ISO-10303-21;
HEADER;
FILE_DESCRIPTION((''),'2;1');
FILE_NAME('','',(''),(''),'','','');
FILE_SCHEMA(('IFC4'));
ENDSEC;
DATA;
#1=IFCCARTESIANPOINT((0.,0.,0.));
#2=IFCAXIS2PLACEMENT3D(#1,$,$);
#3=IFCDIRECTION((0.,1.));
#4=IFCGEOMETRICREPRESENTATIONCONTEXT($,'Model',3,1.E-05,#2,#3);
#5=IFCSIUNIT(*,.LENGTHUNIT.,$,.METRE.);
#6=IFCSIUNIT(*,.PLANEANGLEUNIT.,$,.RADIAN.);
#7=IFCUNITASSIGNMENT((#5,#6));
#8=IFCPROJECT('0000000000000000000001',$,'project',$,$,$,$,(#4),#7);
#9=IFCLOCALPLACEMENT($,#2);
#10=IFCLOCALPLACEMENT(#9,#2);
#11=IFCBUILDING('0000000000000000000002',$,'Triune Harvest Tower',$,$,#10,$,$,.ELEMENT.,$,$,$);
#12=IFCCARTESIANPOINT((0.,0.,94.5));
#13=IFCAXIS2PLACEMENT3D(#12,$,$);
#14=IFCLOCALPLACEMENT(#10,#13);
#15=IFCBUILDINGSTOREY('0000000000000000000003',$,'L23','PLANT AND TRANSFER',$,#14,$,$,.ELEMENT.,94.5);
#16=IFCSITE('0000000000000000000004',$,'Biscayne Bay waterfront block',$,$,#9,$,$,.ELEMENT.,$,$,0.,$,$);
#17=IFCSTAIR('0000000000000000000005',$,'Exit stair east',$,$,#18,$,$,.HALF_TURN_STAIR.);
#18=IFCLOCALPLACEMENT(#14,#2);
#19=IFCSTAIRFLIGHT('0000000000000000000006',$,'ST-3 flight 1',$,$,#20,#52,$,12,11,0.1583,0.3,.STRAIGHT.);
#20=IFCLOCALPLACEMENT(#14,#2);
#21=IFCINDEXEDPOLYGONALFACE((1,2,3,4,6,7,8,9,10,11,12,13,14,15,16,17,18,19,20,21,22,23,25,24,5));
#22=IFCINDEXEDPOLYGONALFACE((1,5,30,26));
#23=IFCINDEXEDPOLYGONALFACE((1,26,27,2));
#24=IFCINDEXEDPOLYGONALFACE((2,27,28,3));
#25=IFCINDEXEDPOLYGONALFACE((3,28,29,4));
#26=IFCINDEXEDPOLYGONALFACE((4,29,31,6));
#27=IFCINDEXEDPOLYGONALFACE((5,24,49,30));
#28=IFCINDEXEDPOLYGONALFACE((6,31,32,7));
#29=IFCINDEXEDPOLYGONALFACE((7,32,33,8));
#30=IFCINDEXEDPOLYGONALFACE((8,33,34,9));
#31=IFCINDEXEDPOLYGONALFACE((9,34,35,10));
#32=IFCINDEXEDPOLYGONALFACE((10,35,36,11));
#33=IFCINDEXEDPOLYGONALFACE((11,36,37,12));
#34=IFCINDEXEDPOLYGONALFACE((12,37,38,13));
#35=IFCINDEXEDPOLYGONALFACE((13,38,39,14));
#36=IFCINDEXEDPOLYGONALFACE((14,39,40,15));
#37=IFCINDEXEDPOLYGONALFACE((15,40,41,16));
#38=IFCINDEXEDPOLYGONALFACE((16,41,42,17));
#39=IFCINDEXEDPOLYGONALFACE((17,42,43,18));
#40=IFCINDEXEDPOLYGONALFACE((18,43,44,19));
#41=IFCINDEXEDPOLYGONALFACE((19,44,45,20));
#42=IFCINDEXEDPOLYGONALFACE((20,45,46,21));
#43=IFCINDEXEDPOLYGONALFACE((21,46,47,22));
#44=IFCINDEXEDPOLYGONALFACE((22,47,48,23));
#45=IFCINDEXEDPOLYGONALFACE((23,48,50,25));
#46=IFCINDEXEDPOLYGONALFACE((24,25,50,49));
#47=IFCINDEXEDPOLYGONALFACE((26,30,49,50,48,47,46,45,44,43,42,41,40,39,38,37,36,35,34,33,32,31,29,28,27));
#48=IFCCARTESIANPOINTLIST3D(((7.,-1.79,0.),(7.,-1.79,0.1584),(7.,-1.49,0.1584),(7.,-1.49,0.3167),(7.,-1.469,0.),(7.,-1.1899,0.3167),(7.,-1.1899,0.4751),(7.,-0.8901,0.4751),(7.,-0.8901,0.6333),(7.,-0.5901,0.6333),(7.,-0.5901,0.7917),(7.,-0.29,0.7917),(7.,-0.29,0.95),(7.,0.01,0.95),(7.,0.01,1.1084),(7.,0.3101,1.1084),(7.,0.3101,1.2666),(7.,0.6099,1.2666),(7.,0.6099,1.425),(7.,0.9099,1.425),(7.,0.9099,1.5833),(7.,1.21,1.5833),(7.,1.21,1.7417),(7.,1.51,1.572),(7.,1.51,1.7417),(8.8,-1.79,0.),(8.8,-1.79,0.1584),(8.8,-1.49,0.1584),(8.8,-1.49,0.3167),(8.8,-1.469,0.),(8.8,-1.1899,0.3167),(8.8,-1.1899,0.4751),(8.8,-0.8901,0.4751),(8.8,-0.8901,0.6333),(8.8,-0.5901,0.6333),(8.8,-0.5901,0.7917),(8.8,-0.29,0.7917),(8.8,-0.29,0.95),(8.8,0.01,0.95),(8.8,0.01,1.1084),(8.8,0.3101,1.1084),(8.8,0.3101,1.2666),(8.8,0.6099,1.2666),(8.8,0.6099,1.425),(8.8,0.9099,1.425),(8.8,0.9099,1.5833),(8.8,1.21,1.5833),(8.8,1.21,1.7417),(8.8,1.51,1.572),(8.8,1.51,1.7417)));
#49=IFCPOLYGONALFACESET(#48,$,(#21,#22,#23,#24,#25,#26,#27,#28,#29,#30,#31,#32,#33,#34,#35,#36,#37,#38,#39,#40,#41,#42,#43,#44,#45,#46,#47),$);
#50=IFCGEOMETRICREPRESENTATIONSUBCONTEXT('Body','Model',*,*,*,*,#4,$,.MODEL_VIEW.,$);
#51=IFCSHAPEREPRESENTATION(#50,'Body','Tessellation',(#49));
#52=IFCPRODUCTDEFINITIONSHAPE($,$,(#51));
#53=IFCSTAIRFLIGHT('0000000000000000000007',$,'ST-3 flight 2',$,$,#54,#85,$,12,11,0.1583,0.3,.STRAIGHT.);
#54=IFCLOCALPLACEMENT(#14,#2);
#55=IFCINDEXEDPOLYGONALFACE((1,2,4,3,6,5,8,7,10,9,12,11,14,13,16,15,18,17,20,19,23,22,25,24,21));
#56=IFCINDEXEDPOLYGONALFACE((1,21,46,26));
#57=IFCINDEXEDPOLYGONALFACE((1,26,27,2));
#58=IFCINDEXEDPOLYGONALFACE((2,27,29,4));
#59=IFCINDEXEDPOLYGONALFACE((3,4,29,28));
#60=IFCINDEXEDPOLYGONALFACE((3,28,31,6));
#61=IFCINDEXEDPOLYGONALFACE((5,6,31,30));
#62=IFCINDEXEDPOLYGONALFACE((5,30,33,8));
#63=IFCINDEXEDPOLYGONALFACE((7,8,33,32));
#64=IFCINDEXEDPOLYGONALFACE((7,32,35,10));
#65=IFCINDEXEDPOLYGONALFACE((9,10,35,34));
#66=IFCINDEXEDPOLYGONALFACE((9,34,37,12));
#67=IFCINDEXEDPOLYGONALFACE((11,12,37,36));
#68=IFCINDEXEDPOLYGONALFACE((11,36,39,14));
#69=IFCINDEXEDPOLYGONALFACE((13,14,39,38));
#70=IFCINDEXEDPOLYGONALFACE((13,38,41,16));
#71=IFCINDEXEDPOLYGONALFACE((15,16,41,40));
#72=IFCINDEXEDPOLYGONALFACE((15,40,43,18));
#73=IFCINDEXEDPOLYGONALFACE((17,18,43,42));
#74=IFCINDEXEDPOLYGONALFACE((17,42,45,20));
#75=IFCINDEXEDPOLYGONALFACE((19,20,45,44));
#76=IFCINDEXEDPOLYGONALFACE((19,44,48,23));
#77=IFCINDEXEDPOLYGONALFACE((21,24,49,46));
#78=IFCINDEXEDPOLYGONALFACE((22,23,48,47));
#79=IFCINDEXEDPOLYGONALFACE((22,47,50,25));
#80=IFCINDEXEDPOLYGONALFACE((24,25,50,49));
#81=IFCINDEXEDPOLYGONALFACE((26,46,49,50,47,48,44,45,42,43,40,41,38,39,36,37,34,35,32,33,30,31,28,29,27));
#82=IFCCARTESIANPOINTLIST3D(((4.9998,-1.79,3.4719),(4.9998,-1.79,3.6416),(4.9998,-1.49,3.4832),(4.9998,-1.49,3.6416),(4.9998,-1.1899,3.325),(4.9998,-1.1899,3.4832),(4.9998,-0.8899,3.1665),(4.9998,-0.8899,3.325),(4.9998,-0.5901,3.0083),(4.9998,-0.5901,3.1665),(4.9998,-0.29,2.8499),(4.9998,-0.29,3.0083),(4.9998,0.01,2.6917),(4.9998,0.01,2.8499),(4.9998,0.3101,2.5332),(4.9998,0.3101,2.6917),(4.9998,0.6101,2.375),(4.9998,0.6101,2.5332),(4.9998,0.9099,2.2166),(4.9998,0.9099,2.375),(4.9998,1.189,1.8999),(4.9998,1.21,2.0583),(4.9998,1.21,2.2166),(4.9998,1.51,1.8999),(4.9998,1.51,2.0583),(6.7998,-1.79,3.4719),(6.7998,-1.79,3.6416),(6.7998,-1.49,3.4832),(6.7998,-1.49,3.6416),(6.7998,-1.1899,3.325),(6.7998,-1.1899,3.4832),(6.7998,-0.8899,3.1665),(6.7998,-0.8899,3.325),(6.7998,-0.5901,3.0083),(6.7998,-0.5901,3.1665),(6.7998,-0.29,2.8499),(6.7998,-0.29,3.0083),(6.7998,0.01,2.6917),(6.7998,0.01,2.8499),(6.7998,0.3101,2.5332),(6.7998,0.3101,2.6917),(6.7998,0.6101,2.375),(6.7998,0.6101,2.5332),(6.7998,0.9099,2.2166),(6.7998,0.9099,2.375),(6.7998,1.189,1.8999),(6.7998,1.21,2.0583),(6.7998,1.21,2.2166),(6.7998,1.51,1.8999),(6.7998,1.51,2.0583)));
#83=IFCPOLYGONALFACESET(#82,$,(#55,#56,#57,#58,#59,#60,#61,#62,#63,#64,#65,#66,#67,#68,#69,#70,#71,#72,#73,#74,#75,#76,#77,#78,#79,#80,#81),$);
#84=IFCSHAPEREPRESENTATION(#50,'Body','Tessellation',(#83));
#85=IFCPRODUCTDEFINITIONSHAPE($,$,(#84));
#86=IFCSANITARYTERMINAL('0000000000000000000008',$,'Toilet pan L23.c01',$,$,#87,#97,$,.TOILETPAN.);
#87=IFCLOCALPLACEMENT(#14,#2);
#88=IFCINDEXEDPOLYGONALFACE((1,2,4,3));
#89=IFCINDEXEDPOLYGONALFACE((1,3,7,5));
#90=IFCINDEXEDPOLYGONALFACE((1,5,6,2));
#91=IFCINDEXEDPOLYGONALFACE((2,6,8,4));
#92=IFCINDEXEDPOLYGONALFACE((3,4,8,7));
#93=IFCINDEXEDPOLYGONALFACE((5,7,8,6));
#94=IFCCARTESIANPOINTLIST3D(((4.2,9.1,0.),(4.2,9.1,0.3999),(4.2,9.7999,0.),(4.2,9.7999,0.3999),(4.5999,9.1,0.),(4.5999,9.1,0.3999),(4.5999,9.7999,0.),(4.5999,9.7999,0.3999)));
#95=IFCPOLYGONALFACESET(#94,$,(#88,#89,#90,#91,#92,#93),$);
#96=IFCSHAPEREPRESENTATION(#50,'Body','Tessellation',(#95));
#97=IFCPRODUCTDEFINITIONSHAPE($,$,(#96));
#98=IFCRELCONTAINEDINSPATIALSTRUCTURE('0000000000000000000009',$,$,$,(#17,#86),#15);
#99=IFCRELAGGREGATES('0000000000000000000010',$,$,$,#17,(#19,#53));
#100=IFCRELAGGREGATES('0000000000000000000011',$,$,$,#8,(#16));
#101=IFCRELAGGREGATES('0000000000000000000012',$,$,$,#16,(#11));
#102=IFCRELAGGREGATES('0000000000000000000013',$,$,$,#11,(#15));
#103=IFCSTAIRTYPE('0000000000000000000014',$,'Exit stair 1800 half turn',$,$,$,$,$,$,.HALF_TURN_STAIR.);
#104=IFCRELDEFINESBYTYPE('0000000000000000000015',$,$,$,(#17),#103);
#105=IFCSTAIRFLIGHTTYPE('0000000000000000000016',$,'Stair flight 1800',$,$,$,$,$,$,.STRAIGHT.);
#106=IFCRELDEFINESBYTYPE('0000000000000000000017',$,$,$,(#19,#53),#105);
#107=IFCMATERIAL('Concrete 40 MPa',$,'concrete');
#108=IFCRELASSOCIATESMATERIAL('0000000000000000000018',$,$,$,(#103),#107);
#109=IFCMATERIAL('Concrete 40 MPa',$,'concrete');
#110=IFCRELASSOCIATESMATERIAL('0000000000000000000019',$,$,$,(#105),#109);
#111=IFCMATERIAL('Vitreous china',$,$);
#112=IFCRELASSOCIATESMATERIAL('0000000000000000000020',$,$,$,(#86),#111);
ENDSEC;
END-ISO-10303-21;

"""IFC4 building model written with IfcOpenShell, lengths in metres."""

from ifc_helpers import new_model, si_unit, direction, frame, origin, origin_2d, place, context, subcontext, project, spatial, polyline, rectangle, outline, extrude, source, transform, mapped, material, type_object, element, aggregate, save


model = new_model("IFC4")

# Units and contexts
model_context = context("Model", 3, precision=1e-05, world=origin(), true_north=direction((0.0, 1.0)))
body_context = subcontext(model_context, "Body", "Model", "MODEL_VIEW")
ifc_project = project(units=[si_unit("LENGTHUNIT", "METRE"), si_unit("PLANEANGLEUNIT", "RADIAN")], contexts=[model_context])

# Site, building, storey
site_placement = place(None, origin())
site = spatial("IfcSite", under=ifc_project, at=site_placement, Name="Biscayne Bay waterfront block", CompositionType="ELEMENT", RefElevation=0.0)
building_placement = place(site_placement, origin())
building = spatial("IfcBuilding", under=site, at=building_placement, Name="Triune Harvest Tower", CompositionType="ELEMENT")
storey_placement = place(building_placement, frame((0.0, 0.0, 94.5)))
storey = spatial("IfcBuildingStorey", under=building, at=storey_placement, Name="L23", Description="PLANT AND TRANSFER", CompositionType="ELEMENT", Elevation=94.5)

# Shared definitions
ifc_material_1 = material(Name="Concrete 40 MPa", Category="concrete")
stair_type = type_object("IfcStairType", Name="Exit stair 1800 half turn", PredefinedType="HALF_TURN_STAIR", material=ifc_material_1)
ifc_material_2 = material(Name="Concrete 40 MPa", Category="concrete")
stair_flight_type = type_object("IfcStairFlightType", Name="Stair flight 1800", PredefinedType="STRAIGHT", material=ifc_material_2)
shared_shape_1 = source(origin(), body_context, "Body", "SweptSolid", [
    extrude(outline(polyline([(0.0, 0.0), (0.0, 0.1584), (0.3, 0.1584), (0.3, 0.3167), (0.6001, 0.3167), (0.6001, 0.4751), (0.8999, 0.4751), (0.8999, 0.6333), (1.2, 0.6333), (1.2, 0.7917), (1.5, 0.7917), (1.5, 0.95), (1.8, 0.95), (1.8, 1.1084), (2.1001, 1.1084), (2.1001, 1.2666), (2.3999, 1.2666), (2.3999, 1.425), (2.7, 1.425), (2.7, 1.5833), (3.0, 1.5833), (3.0, 1.7417), (3.3, 1.7417), (3.3, 1.8999), (3.3, 1.572), (0.321, 0.0), (0.0, 0.0)])), frame((0.0, 0.8999, 0.0), z_axis=(0.0, -1.0, 0.0), x_axis=(1.0, 0.0, 0.0)), (0.0, 0.0, 1.0), 1.8),
])

# Stair, stair flights
stair_1_placement = place(storey_placement, origin())
stair_1 = element("IfcStair", 1, at=stair_1_placement, inside=storey, type_object=stair_type, Name="Exit stair east", PredefinedType="HALF_TURN_STAIR")
stair_flight_1_placement = place(storey_placement, frame((7.8999, -1.79, 0.0), z_axis=(0.0, 0.0, 1.0), x_axis=(0.0, 1.0, 0.0)))
stair_flight_1 = element("IfcStairFlight", 2, at=stair_flight_1_placement, type_object=stair_flight_type, Name="ST-3 flight 1", NumberOfRisers=12, NumberOfTreads=11, PredefinedType="STRAIGHT", RiserHeight=0.1583, TreadLength=0.3, context=body_context, shape_type="MappedRepresentation", body=[
    mapped(shared_shape_1, transform((0.0, 0.0, 0.0), scale=1.0)),
])
stair_flight_2_placement = place(storey_placement, frame((5.8999, 1.51, 1.8999), z_axis=(0.0, 0.0, 1.0), x_axis=(0.0, -1.0, 0.0)))
stair_flight_2 = element("IfcStairFlight", 3, at=stair_flight_2_placement, type_object=stair_flight_type, Name="ST-3 flight 2", NumberOfRisers=12, NumberOfTreads=11, PredefinedType="STRAIGHT", RiserHeight=0.1583, TreadLength=0.3, context=body_context, shape_type="MappedRepresentation", body=[
    mapped(shared_shape_1, transform((0.0, 0.0, 0.0), scale=1.0)),
])
aggregate(stair_1, [stair_flight_1, stair_flight_2])

# Sanitary terminal
ifc_material_3 = material(Name="Vitreous china")
shared_shape_2 = source(origin(), body_context, "Body", "SweptSolid", [
    extrude(rectangle(XDim=0.3999, YDim=0.7, at=origin_2d()), origin(), (0.0, 0.0, 1.0), 0.3999),
])
sanitary_terminal_placement = place(storey_placement, frame((4.3999, 9.45, 0.0), z_axis=(0.0, 0.0, 1.0), x_axis=(1.0, 0.0, 0.0)))
element("IfcSanitaryTerminal", 4, at=sanitary_terminal_placement, inside=storey, material=ifc_material_3, Name="Toilet pan L23.c01", PredefinedType="TOILETPAN", context=body_context, shape_type="MappedRepresentation", body=[
    mapped(shared_shape_2, transform((0.0, 0.0, 0.0), scale=1.0)),
])

save(model, "model.ifc")
